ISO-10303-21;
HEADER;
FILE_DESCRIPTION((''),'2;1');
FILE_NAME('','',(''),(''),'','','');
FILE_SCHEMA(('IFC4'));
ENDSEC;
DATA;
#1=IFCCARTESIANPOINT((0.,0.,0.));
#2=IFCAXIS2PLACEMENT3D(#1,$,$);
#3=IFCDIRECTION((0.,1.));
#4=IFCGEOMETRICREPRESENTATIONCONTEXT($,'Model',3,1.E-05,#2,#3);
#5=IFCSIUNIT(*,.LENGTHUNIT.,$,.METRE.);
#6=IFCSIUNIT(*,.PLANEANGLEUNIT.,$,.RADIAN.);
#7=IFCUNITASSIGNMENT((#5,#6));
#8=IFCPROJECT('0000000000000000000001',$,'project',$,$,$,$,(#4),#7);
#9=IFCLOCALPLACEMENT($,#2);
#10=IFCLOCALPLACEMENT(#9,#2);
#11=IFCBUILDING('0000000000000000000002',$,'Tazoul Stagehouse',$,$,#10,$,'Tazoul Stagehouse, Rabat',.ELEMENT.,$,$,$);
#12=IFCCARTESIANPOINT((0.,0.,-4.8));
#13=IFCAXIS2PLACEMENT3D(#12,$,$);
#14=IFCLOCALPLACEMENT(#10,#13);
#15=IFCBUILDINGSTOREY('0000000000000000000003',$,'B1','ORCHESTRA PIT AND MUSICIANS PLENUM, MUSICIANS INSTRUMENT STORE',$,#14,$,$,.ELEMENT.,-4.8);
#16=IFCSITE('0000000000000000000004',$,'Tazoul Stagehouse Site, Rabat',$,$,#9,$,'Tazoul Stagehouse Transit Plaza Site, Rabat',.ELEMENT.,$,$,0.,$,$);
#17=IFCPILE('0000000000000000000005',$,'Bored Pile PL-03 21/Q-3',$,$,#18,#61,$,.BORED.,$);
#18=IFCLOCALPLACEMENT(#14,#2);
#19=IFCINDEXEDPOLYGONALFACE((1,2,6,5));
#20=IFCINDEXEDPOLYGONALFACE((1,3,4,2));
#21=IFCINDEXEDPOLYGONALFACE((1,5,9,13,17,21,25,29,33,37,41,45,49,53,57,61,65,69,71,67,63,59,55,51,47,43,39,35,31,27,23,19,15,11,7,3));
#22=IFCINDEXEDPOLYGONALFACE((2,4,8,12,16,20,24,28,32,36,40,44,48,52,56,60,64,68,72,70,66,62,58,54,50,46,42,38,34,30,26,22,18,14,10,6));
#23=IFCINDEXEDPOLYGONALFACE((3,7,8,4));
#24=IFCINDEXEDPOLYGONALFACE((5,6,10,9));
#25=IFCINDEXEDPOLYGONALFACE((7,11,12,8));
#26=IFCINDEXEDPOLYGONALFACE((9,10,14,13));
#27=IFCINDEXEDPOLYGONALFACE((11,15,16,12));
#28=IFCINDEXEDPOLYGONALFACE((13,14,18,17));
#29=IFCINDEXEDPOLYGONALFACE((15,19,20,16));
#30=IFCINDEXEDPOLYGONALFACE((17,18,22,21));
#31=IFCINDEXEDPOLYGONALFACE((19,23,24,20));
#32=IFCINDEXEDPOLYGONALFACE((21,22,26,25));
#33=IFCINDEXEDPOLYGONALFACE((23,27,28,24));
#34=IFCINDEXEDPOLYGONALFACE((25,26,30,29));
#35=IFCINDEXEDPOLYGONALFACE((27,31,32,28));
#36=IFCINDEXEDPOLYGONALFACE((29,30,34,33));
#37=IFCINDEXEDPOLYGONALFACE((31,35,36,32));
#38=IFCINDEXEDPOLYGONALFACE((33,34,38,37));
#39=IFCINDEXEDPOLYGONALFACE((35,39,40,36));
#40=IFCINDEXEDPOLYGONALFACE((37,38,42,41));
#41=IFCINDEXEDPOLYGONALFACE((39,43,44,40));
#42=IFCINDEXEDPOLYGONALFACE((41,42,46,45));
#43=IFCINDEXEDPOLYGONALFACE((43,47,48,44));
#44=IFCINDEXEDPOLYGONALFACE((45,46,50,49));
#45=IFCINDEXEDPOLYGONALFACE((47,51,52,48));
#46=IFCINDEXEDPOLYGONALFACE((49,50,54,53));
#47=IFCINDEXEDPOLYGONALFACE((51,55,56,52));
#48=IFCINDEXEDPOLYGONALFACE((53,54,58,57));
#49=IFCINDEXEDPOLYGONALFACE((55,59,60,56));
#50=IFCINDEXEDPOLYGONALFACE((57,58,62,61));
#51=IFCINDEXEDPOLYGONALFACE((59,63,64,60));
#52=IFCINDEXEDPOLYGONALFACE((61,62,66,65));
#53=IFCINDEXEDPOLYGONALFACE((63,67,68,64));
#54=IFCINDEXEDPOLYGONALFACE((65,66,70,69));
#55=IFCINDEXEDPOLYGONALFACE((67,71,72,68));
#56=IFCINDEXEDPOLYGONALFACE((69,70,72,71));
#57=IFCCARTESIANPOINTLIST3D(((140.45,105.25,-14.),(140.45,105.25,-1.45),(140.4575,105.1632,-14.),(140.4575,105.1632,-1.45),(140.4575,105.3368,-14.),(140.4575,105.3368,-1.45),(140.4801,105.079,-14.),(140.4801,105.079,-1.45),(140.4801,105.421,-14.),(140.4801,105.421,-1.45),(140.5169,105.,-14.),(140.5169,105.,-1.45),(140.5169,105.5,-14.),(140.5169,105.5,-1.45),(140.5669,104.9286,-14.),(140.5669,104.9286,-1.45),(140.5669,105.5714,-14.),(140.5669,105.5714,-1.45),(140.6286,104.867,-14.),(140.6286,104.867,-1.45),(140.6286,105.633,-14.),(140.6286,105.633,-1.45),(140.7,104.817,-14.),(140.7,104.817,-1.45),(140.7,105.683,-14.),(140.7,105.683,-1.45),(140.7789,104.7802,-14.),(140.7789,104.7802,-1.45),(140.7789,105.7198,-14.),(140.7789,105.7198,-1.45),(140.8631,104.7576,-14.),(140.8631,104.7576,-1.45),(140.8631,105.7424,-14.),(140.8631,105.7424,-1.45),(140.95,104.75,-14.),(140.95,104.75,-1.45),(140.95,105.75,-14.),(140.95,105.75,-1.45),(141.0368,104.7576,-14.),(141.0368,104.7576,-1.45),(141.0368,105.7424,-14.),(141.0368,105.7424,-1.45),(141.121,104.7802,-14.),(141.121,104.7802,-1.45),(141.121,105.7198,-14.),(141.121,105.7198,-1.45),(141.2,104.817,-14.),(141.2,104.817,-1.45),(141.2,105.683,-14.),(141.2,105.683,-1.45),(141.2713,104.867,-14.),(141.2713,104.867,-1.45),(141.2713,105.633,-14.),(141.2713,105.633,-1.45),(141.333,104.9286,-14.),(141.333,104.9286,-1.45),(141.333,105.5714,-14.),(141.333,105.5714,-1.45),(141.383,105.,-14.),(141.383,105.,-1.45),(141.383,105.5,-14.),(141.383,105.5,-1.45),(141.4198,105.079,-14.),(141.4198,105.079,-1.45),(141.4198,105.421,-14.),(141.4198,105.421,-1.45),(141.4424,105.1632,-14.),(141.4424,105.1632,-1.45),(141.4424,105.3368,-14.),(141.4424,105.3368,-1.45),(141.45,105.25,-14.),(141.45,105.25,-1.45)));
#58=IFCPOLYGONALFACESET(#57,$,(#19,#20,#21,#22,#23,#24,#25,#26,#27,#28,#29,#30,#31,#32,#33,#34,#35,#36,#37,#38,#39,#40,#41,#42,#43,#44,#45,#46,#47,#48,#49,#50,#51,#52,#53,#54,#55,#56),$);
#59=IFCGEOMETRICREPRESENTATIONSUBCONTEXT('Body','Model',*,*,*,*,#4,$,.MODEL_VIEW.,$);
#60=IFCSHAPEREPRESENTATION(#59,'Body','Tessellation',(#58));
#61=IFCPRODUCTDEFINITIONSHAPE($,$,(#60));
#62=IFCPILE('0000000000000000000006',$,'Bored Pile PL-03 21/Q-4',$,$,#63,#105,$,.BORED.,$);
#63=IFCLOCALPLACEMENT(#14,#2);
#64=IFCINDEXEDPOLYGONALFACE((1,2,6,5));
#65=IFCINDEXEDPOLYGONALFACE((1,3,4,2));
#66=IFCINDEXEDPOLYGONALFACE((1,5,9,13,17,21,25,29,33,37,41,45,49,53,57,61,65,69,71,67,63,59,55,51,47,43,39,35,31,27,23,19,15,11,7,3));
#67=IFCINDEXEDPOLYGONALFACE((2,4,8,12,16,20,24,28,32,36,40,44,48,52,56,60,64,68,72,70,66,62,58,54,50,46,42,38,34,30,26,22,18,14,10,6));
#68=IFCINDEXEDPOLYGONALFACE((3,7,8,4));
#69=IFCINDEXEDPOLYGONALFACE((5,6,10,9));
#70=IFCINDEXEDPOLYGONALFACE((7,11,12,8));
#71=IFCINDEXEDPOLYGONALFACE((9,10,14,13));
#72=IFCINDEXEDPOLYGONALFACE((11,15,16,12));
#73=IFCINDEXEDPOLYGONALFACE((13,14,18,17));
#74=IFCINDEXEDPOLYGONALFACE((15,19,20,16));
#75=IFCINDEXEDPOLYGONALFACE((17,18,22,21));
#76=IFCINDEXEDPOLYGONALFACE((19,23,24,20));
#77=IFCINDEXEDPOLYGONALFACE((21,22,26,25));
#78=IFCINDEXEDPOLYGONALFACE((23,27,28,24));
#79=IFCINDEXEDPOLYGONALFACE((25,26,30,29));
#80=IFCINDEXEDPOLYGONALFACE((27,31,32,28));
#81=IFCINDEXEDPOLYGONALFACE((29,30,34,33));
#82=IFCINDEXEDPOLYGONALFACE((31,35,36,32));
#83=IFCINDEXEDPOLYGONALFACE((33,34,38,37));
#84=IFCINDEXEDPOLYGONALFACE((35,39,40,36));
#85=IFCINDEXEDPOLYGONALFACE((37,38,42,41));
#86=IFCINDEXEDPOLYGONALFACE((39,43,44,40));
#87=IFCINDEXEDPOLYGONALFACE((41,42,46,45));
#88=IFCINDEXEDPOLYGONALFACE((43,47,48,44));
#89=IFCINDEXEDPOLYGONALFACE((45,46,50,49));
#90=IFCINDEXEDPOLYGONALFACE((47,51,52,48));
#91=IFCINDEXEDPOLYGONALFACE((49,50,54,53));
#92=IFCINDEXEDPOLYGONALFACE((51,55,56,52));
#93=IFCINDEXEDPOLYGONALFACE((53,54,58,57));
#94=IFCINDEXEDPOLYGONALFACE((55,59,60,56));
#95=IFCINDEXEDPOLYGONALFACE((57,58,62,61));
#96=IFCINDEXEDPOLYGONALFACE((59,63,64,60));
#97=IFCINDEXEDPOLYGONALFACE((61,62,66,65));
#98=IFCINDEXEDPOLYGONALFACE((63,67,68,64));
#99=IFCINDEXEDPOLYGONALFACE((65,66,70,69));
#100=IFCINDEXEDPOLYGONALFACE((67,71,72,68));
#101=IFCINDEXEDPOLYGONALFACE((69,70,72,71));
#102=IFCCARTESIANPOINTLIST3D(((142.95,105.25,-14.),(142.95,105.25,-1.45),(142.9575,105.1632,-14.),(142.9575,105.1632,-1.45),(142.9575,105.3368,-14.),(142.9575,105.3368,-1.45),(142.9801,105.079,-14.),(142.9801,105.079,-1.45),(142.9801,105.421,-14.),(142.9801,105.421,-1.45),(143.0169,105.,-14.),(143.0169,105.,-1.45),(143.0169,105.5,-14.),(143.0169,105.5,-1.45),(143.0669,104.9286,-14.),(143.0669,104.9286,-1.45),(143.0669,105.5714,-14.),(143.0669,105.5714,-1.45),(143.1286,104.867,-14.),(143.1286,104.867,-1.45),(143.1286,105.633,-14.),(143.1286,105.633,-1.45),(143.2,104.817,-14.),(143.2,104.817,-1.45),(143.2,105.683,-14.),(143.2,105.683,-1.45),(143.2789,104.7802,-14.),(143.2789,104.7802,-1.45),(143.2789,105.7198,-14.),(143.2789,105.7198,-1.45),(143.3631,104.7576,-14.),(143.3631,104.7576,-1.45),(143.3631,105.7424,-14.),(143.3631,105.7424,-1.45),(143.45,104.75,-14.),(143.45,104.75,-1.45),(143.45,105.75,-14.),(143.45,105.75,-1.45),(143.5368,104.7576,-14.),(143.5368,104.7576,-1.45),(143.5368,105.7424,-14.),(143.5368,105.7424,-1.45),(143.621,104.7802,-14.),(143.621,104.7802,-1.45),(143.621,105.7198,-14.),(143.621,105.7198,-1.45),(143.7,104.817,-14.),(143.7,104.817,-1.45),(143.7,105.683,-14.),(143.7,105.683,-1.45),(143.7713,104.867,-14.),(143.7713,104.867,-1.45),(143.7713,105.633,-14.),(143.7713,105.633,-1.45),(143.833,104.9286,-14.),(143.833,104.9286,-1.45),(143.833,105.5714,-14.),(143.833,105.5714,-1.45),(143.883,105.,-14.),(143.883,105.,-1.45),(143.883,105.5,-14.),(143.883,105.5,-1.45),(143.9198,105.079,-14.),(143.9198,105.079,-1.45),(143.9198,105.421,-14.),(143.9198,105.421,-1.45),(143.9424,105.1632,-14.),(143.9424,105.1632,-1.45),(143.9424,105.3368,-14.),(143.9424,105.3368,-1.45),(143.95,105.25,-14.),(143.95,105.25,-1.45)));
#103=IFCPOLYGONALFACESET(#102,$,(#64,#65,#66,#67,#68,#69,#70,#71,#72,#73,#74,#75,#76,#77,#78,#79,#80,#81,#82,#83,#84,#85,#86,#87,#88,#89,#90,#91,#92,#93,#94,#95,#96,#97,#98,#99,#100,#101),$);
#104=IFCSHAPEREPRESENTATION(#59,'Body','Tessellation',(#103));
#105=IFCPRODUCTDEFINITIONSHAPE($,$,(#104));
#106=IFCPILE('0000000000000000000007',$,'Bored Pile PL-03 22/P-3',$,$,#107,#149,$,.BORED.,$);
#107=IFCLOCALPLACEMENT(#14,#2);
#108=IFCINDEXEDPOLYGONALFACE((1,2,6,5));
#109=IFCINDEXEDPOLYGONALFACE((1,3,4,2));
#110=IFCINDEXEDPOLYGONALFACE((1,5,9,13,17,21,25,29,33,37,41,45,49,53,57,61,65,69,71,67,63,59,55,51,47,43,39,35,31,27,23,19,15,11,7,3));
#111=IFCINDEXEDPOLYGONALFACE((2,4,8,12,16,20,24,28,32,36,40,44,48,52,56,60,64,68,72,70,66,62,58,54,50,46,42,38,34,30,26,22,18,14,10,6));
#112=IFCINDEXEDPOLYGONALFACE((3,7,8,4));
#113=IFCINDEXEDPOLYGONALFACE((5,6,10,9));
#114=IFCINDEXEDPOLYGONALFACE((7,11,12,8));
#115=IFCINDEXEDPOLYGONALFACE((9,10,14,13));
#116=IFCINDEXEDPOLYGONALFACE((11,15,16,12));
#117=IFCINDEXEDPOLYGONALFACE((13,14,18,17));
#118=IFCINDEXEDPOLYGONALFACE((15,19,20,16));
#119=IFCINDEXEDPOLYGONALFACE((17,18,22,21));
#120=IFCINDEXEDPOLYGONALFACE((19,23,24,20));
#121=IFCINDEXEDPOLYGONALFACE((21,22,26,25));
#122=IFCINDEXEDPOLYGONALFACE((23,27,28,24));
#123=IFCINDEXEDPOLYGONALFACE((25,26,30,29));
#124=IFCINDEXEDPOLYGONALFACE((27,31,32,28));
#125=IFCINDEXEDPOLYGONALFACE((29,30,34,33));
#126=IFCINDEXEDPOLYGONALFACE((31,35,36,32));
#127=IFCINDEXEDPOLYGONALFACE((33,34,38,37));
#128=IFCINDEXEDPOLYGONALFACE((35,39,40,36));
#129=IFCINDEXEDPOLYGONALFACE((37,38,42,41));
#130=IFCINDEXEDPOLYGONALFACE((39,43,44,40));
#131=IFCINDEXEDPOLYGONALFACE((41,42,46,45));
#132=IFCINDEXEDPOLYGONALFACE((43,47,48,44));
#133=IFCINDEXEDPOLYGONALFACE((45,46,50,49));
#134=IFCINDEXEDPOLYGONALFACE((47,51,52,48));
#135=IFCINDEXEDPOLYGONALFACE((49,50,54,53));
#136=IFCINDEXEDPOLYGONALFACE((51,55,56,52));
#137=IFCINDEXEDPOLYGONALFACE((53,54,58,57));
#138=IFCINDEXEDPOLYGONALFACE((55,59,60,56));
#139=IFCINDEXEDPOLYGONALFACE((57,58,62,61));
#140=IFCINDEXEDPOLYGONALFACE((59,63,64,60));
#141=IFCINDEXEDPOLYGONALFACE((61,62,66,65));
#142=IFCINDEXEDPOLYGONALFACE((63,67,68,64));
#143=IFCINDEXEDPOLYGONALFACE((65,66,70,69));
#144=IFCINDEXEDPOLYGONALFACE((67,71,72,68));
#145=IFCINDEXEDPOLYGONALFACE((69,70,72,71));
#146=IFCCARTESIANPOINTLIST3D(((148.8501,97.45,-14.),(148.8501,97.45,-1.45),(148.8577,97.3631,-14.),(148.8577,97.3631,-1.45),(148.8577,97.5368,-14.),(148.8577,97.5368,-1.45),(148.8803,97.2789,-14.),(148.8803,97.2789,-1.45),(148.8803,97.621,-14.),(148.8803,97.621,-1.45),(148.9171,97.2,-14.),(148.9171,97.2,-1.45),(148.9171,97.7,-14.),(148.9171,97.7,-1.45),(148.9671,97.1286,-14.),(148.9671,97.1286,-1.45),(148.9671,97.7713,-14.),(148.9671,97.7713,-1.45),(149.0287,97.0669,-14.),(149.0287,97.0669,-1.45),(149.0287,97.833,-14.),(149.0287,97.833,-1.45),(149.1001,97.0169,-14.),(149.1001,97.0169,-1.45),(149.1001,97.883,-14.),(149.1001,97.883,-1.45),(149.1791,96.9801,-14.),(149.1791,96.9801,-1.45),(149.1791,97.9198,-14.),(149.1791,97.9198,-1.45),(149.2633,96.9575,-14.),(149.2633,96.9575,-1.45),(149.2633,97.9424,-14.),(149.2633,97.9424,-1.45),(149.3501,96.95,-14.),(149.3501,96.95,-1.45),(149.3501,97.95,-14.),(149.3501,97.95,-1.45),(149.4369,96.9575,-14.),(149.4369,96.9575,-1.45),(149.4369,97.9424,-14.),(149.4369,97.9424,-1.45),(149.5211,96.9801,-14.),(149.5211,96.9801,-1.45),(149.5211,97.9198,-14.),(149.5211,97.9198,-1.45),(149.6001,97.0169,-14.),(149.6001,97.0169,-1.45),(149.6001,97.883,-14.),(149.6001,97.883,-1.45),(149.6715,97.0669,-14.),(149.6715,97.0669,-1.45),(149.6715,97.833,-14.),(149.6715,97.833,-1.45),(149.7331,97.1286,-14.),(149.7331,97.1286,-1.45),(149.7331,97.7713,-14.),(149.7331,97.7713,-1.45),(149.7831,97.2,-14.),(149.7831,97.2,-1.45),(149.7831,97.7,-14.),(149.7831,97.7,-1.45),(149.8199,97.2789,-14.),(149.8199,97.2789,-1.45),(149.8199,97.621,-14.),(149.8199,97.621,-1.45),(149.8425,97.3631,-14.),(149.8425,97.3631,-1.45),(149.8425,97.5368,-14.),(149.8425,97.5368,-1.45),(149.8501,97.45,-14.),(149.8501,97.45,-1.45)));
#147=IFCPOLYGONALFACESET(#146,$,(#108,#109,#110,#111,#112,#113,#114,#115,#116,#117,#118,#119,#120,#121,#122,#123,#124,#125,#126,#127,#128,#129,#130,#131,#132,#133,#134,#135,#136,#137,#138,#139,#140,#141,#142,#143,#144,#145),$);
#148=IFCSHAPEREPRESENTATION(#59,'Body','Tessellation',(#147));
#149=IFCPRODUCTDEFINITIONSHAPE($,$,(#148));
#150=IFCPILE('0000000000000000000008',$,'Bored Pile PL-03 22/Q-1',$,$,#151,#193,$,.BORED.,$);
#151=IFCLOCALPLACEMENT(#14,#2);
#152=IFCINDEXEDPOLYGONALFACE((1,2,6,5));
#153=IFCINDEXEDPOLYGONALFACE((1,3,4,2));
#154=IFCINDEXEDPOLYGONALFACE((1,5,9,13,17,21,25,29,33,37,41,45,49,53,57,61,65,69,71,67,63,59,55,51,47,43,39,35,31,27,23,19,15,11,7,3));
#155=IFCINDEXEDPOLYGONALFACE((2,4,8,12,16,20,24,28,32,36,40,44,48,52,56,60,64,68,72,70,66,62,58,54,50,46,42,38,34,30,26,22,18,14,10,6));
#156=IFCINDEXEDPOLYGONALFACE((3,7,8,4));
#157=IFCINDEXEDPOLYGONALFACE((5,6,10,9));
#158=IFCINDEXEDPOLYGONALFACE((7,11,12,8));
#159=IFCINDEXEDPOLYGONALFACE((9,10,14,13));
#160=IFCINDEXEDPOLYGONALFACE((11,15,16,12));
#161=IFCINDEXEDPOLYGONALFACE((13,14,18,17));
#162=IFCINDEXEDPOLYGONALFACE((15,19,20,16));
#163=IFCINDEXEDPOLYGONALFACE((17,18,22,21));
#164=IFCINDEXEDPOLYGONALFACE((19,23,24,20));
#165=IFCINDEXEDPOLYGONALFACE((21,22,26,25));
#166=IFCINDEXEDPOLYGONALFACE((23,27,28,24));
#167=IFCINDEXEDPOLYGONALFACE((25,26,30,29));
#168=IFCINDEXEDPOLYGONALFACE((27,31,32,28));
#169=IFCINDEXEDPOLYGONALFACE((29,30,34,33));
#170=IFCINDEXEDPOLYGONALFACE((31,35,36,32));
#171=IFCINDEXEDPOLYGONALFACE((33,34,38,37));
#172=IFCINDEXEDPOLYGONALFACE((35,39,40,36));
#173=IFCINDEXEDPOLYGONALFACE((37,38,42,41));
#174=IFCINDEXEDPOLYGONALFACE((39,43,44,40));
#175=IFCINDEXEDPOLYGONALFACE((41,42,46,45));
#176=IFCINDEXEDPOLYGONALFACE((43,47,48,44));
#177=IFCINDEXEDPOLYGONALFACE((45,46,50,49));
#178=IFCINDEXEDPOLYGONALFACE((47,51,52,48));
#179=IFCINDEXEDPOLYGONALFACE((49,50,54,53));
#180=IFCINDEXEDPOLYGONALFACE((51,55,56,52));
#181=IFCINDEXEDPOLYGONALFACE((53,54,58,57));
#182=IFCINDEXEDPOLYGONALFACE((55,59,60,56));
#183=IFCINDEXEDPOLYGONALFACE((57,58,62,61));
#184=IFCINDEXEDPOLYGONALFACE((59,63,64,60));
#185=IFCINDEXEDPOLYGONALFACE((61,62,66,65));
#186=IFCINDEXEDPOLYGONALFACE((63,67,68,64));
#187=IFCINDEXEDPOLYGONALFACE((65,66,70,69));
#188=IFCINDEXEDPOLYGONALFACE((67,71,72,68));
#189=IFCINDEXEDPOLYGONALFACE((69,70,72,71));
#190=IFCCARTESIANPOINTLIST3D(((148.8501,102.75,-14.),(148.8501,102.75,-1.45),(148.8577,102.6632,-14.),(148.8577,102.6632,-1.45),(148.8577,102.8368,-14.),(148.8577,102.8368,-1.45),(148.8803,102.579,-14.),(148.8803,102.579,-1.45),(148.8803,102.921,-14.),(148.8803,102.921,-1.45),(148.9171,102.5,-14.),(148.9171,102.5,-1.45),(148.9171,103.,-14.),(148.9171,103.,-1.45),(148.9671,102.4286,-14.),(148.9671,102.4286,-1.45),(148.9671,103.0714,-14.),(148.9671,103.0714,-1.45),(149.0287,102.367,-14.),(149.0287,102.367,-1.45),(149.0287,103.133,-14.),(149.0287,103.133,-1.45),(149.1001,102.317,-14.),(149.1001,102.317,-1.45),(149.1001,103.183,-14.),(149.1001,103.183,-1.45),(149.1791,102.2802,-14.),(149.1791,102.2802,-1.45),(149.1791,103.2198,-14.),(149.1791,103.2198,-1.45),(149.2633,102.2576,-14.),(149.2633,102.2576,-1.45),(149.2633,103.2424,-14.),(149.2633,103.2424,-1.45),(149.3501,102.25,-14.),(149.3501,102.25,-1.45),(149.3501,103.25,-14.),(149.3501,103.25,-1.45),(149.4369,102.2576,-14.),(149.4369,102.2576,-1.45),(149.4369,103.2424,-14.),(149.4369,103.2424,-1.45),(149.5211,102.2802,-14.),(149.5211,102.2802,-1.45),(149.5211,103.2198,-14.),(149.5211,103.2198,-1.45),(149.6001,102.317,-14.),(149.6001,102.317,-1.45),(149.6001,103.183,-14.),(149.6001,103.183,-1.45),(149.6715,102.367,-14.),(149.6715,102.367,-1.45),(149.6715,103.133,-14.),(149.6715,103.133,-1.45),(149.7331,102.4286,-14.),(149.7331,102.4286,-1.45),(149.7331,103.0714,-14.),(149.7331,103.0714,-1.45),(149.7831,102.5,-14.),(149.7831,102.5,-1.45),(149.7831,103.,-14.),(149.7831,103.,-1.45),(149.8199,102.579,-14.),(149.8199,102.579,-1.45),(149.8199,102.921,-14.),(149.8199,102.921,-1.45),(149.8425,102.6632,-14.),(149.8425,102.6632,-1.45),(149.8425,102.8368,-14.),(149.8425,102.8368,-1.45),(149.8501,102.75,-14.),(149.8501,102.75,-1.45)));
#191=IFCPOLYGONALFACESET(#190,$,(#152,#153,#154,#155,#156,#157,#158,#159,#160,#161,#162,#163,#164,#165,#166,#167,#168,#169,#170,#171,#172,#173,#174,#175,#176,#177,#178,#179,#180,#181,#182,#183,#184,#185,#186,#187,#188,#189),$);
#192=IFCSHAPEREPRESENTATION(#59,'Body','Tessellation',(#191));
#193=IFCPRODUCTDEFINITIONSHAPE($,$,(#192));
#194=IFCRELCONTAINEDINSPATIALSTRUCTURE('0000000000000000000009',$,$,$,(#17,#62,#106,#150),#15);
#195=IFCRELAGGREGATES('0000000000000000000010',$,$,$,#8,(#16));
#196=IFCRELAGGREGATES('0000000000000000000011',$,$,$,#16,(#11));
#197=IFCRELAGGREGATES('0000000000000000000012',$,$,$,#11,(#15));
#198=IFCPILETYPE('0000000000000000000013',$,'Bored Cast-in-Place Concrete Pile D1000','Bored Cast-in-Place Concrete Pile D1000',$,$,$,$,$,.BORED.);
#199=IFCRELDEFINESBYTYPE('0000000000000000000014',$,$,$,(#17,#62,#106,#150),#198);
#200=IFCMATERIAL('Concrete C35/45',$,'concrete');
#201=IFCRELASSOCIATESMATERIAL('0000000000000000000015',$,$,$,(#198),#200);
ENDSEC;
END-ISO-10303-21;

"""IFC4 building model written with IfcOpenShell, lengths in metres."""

from ifc_helpers import new_model, si_unit, direction, frame, origin, origin_2d, place, context, subcontext, project, spatial, circle, extrude, material, material_profile, profile_set, type_object, element, save


model = new_model("IFC4")

# Units and contexts
model_context = context("Model", 3, precision=1e-05, world=origin(), true_north=direction((0.0, 1.0)))
body_context = subcontext(model_context, "Body", "Model", "MODEL_VIEW")
ifc_project = project(units=[si_unit("LENGTHUNIT", "METRE"), si_unit("PLANEANGLEUNIT", "RADIAN")], contexts=[model_context])

# Site, building, storey
site_placement = place(None, origin())
site = spatial("IfcSite", under=ifc_project, at=site_placement, Name="Tazoul Stagehouse Site, Rabat", LongName="Tazoul Stagehouse Transit Plaza Site, Rabat", CompositionType="ELEMENT", RefElevation=0.0)
building_placement = place(site_placement, origin())
building = spatial("IfcBuilding", under=site, at=building_placement, Name="Tazoul Stagehouse", LongName="Tazoul Stagehouse, Rabat", CompositionType="ELEMENT")
storey_placement = place(building_placement, frame((0.0, 0.0, -4.8)))
storey = spatial("IfcBuildingStorey", under=building, at=storey_placement, Name="B1", Description="ORCHESTRA PIT AND MUSICIANS PLENUM, MUSICIANS INSTRUMENT STORE", CompositionType="ELEMENT", Elevation=-4.8)

# Piles
ifc_material_1 = material(Name="Concrete C35/45", Category="concrete")
ifc_material_profile_1 = material_profile(ifc_material_1, circle(Radius=0.5, at=origin_2d()), Name="BORED PILE 1000")
ifc_profile_set_1 = profile_set([ifc_material_profile_1], Name="Concrete C35/45")
pile_type_1 = type_object("IfcPileType", Name="Bored Cast-in-Place Concrete Pile D1000", Description="Bored Cast-in-Place Concrete Pile D1000", PredefinedType="BORED", material=ifc_profile_set_1)
for number, where, z_axis, x_axis, name in (
    (1, (140.95, 105.25, -1.45), (0.0, 0.0, -1.0), (1.0, 0.0, 0.0), "Bored Pile PL-03 21/Q-3"),
    (2, (143.45, 105.25, -1.45), (0.0, 0.0, -1.0), (1.0, 0.0, 0.0), "Bored Pile PL-03 21/Q-4"),
    (3, (149.3501, 97.45, -1.45), (0.0, 0.0, -1.0), (1.0, 0.0, 0.0), "Bored Pile PL-03 22/P-3"),
    (4, (149.3501, 102.75, -1.45), (0.0, 0.0, -1.0), (1.0, 0.0, 0.0), "Bored Pile PL-03 22/Q-1"),
):
    element("IfcPile", number, at=place(storey_placement, frame(where, z_axis=z_axis, x_axis=x_axis)), inside=storey, type_object=pile_type_1, Name=name, PredefinedType="BORED", context=body_context, shape_type="SweptSolid", body=[
        extrude(circle(Radius=0.5, at=origin_2d()), origin(), (0.0, 0.0, 1.0), 12.55),
    ])

save(model, "model.ifc")
